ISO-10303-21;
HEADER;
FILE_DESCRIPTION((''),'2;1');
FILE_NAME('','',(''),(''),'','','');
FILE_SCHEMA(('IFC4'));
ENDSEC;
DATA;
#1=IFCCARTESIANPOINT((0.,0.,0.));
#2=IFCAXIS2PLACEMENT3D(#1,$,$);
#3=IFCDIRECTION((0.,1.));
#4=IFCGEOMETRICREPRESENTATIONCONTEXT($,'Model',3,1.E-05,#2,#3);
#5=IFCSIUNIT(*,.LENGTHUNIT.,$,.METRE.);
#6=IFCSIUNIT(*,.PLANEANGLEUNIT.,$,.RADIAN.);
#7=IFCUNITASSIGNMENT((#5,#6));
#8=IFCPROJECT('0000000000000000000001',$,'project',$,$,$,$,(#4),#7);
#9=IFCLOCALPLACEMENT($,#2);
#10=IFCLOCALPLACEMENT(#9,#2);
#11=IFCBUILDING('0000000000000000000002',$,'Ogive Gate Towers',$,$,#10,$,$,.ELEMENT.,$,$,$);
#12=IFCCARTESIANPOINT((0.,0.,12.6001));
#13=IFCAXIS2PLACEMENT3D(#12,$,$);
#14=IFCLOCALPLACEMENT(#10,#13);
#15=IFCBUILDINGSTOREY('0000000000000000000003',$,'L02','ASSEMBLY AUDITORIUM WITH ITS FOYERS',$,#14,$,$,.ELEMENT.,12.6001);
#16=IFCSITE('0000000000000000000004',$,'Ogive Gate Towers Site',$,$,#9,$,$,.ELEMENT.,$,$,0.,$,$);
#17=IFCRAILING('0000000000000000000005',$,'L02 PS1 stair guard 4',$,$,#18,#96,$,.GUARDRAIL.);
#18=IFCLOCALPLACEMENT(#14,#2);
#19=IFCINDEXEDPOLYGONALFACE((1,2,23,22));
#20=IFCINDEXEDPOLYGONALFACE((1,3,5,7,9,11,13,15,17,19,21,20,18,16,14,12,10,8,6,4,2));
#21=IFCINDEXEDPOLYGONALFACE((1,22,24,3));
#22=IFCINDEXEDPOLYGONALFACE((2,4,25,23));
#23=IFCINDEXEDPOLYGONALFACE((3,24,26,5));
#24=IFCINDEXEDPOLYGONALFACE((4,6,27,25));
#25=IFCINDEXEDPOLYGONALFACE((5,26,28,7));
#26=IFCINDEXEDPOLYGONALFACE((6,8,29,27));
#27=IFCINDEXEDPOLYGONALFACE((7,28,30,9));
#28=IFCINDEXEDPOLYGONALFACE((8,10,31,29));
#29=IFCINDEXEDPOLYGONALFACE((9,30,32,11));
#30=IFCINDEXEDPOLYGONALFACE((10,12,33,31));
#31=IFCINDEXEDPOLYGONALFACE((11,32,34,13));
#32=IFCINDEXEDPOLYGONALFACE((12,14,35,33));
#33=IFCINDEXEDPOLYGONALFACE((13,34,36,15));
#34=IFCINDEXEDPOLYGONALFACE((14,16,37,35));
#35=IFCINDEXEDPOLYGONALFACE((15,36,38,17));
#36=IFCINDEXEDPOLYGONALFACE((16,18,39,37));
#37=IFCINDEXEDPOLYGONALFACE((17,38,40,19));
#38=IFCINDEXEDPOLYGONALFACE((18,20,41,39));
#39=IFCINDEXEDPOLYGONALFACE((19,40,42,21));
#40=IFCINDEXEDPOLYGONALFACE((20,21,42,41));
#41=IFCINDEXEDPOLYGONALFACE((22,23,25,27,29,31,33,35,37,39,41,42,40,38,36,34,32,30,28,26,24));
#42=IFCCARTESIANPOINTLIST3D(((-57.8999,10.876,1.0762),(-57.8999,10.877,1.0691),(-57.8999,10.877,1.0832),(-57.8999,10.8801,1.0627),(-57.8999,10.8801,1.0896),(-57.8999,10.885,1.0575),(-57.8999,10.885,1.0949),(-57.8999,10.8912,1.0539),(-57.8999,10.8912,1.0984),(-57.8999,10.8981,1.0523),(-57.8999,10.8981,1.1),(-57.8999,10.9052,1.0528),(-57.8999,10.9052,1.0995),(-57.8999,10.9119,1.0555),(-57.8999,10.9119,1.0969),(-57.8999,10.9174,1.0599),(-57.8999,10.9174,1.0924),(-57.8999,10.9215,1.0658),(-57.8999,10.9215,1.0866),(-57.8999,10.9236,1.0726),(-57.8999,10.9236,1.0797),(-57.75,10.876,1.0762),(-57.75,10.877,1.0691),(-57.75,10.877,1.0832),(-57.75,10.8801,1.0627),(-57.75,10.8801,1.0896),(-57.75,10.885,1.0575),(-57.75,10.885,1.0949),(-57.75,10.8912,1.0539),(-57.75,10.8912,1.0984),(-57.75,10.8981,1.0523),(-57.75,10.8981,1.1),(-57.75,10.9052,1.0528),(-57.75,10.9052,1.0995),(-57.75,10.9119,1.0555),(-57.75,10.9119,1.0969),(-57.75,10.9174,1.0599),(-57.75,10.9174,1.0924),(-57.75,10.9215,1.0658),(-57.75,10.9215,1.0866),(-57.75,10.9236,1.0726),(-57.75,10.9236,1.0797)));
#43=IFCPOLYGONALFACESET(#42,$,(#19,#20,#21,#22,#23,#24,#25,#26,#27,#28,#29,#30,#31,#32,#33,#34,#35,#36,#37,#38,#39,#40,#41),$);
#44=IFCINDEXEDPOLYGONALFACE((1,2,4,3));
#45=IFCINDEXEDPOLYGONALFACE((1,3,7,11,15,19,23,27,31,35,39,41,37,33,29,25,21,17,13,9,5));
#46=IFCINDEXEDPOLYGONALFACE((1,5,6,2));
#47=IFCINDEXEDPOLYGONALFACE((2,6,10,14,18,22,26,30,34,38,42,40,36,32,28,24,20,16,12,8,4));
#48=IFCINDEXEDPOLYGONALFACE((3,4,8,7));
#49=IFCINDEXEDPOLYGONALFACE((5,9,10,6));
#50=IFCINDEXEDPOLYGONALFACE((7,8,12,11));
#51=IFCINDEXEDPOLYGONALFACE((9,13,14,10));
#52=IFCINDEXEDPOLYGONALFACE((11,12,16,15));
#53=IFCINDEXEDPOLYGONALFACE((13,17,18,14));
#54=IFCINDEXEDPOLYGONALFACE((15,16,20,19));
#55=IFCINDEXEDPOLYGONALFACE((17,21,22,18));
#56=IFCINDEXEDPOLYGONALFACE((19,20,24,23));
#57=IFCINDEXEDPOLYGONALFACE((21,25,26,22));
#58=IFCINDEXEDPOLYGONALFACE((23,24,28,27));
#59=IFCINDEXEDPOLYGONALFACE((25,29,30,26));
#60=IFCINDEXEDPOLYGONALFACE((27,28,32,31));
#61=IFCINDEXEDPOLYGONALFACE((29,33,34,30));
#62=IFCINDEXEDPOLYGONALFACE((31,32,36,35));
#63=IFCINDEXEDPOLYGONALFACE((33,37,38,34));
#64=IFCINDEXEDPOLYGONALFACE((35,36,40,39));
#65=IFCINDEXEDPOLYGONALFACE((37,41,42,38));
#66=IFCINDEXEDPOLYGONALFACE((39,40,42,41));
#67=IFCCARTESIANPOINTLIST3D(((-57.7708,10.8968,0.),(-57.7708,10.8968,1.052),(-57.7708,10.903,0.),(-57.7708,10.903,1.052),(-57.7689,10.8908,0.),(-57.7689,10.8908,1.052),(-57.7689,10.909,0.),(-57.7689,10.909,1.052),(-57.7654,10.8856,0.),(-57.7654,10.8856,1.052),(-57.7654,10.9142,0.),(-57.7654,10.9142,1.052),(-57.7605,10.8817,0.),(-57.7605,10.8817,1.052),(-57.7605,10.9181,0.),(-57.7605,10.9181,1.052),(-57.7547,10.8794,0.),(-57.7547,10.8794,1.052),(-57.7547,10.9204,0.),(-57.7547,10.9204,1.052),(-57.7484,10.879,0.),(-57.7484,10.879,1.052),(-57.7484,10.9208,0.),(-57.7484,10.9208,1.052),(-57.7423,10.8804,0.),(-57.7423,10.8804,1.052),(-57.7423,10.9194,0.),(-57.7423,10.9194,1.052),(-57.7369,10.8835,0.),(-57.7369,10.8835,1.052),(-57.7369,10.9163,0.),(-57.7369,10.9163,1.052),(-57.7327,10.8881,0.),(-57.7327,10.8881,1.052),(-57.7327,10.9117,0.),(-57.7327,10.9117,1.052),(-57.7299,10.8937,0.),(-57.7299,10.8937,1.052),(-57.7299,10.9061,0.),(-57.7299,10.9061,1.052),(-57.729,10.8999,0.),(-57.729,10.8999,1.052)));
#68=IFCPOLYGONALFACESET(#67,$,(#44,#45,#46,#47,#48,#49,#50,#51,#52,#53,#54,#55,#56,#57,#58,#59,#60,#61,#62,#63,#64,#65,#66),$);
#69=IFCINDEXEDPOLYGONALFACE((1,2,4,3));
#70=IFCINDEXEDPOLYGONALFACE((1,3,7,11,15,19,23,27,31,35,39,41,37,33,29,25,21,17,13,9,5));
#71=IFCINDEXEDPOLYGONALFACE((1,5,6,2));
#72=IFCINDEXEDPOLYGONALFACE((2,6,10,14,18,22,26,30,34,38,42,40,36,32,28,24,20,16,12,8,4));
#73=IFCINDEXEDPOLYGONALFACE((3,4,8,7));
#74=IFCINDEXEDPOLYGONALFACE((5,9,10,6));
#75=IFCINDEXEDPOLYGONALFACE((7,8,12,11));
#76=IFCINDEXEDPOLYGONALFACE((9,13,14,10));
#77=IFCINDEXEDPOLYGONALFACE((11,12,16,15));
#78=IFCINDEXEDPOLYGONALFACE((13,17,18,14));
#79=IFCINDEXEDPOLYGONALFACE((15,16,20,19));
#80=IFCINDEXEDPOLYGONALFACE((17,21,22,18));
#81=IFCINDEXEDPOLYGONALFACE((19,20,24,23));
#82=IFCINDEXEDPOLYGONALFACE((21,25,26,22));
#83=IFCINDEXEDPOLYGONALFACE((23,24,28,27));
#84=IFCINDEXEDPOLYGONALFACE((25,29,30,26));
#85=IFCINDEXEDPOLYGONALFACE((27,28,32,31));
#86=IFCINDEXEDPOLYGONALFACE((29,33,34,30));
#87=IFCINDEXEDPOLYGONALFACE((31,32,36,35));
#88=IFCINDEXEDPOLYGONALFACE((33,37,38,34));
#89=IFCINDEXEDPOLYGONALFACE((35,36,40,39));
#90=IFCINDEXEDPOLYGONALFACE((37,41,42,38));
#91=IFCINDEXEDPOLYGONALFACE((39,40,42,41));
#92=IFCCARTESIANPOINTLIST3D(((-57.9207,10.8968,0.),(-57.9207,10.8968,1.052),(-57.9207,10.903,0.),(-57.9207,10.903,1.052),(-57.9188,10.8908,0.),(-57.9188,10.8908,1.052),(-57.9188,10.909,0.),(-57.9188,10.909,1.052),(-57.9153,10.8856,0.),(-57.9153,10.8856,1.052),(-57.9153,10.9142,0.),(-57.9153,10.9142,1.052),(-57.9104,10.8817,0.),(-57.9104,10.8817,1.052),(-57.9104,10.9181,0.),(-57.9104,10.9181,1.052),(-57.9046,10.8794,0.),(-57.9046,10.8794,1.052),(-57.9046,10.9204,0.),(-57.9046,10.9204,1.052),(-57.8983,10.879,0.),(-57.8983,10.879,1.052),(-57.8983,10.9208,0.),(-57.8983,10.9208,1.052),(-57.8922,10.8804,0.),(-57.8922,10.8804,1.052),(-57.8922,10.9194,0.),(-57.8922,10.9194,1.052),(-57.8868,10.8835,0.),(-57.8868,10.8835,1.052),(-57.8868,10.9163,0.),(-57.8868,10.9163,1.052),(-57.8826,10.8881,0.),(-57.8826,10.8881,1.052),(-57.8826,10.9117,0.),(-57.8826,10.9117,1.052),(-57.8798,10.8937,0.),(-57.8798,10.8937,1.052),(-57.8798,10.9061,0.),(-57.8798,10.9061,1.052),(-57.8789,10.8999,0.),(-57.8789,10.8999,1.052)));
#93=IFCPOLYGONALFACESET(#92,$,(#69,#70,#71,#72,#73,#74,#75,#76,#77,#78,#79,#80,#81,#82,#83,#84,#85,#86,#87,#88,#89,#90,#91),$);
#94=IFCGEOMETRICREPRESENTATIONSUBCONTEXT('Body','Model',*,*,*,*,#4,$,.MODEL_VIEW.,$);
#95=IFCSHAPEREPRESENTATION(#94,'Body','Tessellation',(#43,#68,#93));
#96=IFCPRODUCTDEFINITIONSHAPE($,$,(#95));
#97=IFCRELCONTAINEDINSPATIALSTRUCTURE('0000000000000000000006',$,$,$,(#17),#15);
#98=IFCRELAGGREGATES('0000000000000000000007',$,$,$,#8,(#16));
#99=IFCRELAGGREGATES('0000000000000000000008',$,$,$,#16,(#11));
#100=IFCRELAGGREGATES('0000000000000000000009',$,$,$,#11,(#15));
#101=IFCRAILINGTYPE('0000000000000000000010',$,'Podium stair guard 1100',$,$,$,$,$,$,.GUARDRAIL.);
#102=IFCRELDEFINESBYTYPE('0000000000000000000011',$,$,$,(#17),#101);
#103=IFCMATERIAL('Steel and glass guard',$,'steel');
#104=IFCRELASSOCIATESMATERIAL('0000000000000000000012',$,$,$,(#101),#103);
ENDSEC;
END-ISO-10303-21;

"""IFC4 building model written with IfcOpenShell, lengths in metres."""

from ifc_helpers import new_model, si_unit, direction, frame, origin, origin_2d, place, context, subcontext, project, spatial, circle, extrude, material, type_object, element, save


model = new_model("IFC4")

# Units and contexts
model_context = context("Model", 3, precision=1e-05, world=origin(), true_north=direction((0.0, 1.0)))
body_context = subcontext(model_context, "Body", "Model", "MODEL_VIEW")
ifc_project = project(units=[si_unit("LENGTHUNIT", "METRE"), si_unit("PLANEANGLEUNIT", "RADIAN")], contexts=[model_context])

# Site, building, storey
site_placement = place(None, origin())
site = spatial("IfcSite", under=ifc_project, at=site_placement, Name="Ogive Gate Towers Site", CompositionType="ELEMENT", RefElevation=0.0)
building_placement = place(site_placement, origin())
building = spatial("IfcBuilding", under=site, at=building_placement, Name="Ogive Gate Towers", CompositionType="ELEMENT")
storey_placement = place(building_placement, frame((0.0, 0.0, 12.6001)))
storey = spatial("IfcBuildingStorey", under=building, at=storey_placement, Name="L02", Description="ASSEMBLY AUDITORIUM WITH ITS FOYERS", CompositionType="ELEMENT", Elevation=12.6001)

# Railing
ifc_material_1 = material(Name="Steel and glass guard", Category="steel")
railing_type_1 = type_object("IfcRailingType", Name="Podium stair guard 1100", PredefinedType="GUARDRAIL", material=ifc_material_1)
railing_1_placement = place(storey_placement, frame((-57.75, 10.8999, 0.0)))
element("IfcRailing", 1, at=railing_1_placement, inside=storey, type_object=railing_type_1, Name="L02 PS1 stair guard 4", PredefinedType="GUARDRAIL", context=body_context, shape_type="SweptSolid", body=[
    extrude(circle(Radius=0.0239, at=origin_2d()), frame((0.0, 0.0, 1.0762), z_axis=(-1.0, 0.0, 0.0), x_axis=(0.0, -1.0, 0.0)), (0.0, 0.0, 1.0), 0.1499),
    extrude(circle(Radius=0.021, at=origin_2d()), origin(), (0.0, 0.0, 1.0), 1.052),
    extrude(circle(Radius=0.021, at=origin_2d()), frame((-0.1499, 0.0, 0.0)), (0.0, 0.0, 1.0), 1.052),
])

save(model, "model.ifc")
